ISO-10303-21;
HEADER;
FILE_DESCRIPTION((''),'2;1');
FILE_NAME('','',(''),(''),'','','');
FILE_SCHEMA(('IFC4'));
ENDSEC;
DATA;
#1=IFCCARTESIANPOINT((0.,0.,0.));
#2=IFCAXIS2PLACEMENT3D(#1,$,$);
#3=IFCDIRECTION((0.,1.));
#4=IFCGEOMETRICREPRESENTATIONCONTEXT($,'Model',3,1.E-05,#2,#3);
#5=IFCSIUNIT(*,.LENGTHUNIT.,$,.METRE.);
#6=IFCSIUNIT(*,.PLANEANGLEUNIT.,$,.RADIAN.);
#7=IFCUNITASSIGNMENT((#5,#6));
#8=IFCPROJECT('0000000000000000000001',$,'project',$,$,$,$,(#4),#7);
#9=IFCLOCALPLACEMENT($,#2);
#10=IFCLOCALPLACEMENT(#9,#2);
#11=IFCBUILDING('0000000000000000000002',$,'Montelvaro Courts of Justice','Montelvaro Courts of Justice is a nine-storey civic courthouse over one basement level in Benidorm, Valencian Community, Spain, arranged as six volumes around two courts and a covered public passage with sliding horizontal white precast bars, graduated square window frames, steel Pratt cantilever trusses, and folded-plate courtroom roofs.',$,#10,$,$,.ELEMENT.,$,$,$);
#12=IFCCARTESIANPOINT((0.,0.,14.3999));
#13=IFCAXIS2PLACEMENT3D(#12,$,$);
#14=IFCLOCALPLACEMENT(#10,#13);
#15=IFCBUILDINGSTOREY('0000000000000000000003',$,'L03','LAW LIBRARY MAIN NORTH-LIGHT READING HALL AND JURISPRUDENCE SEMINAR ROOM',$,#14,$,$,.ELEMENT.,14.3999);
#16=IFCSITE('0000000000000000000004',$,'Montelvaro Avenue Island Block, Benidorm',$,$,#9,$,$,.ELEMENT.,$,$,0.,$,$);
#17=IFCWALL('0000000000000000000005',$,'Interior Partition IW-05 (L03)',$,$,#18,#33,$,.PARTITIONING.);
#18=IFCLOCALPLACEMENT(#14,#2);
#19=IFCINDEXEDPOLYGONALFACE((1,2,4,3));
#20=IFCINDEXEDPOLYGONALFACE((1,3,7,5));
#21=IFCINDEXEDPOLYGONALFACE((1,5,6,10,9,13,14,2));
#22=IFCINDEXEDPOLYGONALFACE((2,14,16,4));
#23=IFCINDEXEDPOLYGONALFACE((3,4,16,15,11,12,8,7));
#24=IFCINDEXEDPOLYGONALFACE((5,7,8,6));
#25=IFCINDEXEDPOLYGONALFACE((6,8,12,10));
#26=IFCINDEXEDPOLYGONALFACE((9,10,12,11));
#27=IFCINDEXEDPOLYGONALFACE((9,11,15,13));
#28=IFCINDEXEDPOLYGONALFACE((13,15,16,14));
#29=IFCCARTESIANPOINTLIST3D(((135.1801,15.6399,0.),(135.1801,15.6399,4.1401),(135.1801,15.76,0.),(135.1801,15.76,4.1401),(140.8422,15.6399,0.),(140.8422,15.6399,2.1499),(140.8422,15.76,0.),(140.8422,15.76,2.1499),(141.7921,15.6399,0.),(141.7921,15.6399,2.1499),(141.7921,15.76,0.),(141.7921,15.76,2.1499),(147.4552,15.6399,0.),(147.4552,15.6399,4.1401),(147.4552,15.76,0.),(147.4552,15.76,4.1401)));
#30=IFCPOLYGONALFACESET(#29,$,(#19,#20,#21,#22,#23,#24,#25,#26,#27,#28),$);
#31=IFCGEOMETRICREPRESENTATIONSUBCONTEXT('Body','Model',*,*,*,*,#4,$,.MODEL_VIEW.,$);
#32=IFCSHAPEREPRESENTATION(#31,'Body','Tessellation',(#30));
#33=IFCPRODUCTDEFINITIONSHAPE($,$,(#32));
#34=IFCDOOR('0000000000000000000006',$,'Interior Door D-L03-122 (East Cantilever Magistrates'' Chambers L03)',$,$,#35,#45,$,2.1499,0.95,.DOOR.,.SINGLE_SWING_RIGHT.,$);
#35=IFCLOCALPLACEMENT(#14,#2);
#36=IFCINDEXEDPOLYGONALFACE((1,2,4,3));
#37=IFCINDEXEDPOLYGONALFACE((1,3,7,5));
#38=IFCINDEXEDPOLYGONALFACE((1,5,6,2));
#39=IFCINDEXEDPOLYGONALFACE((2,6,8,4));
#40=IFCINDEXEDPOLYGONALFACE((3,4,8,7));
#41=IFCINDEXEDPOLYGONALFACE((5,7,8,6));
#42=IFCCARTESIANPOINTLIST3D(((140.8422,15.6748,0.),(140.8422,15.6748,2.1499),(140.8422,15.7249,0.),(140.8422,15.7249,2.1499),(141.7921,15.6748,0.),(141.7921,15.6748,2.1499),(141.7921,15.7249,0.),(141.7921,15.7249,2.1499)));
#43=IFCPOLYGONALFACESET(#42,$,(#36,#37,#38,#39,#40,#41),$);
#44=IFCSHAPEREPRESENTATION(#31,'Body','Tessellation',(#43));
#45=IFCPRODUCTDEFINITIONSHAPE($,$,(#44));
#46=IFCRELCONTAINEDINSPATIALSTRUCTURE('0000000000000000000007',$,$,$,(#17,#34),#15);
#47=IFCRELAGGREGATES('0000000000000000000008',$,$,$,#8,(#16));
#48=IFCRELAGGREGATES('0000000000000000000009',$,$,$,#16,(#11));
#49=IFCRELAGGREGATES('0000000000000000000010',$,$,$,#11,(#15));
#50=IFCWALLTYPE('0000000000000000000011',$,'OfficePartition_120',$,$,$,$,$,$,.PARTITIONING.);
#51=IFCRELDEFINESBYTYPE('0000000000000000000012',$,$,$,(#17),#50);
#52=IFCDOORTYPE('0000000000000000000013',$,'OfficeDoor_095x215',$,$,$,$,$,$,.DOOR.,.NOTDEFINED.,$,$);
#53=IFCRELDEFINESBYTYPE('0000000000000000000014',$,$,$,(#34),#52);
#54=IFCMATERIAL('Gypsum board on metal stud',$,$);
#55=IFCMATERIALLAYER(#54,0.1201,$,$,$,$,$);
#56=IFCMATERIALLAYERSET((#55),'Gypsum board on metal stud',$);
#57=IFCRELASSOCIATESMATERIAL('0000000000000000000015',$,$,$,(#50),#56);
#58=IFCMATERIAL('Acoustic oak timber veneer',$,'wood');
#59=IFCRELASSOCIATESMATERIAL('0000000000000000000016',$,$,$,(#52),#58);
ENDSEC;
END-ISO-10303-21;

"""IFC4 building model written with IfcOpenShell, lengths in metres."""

from ifc_helpers import new_model, si_unit, direction, frame, frame_2d, origin, place, context, subcontext, project, spatial, rectangle, extrude, material, layer, layer_set, type_object, element, fill, save


model = new_model("IFC4")

# Units and contexts
model_context = context("Model", 3, precision=1e-05, world=origin(), true_north=direction((0.0, 1.0)))
body_context = subcontext(model_context, "Body", "Model", "MODEL_VIEW")
ifc_project = project(units=[si_unit("LENGTHUNIT", "METRE"), si_unit("PLANEANGLEUNIT", "RADIAN")], contexts=[model_context])

# Site, building, storey
site_placement = place(None, origin())
site = spatial("IfcSite", under=ifc_project, at=site_placement, Name="Montelvaro Avenue Island Block, Benidorm", CompositionType="ELEMENT", RefElevation=0.0)
building_placement = place(site_placement, origin())
building = spatial("IfcBuilding", under=site, at=building_placement, Name="Montelvaro Courts of Justice", Description="Montelvaro Courts of Justice is a nine-storey civic courthouse over one basement level in Benidorm, Valencian Community, Spain, arranged as six volumes around two courts and a covered public passage with sliding horizontal white precast bars, graduated square window frames, steel Pratt cantilever trusses, and folded-plate courtroom roofs.", CompositionType="ELEMENT")
storey_placement = place(building_placement, frame((0.0, 0.0, 14.3999)))
storey = spatial("IfcBuildingStorey", under=building, at=storey_placement, Name="L03", Description="LAW LIBRARY MAIN NORTH-LIGHT READING HALL AND JURISPRUDENCE SEMINAR ROOM", CompositionType="ELEMENT", Elevation=14.3999)

# Shared definitions
ifc_material_1 = material(Name="Gypsum board on metal stud")

# Wall, opening, door
ifc_layer_1 = layer(ifc_material_1, 0.1201)
ifc_layer_set_1 = layer_set([ifc_layer_1], Name="Gypsum board on metal stud")
wall_type_1 = type_object("IfcWallType", Name="OfficePartition_120", PredefinedType="PARTITIONING", material=ifc_layer_set_1)
wall_1_placement = place(storey_placement, frame((135.1799, 15.7, 0.0), z_axis=(0.0, 0.0, 1.0), x_axis=(1.0, 0.0, 0.0)))
wall_1 = element("IfcWall", 1, at=wall_1_placement, inside=storey, type_object=wall_type_1, Name="Interior Partition IW-05 (L03)", PredefinedType="PARTITIONING", context=body_context, shape_type="SweptSolid", body=[
    extrude(rectangle(XDim=12.2751, YDim=0.1201, at=frame_2d((6.1377, 0.0))), origin(), (0.0, 0.0, 1.0), 4.1401),
])
opening_1_placement = place(wall_1_placement, frame((5.6621, 0.0, 0.0)))
opening_1 = element("IfcOpeningElement", 2, at=opening_1_placement, cuts=wall_1, PredefinedType="OPENING", context=body_context, shape_type="SweptSolid", body=[
    extrude(rectangle(XDim=0.95, YDim=2.1499, at=frame_2d((0.4751, 1.075))), frame((0.0, 0.075, 0.0), z_axis=(0.0, -1.0, 0.0), x_axis=(1.0, 0.0, 0.0)), (0.0, 0.0, 1.0), 0.1499),
])
ifc_material_2 = material(Name="Acoustic oak timber veneer", Category="wood")
door_type = type_object("IfcDoorType", Name="OfficeDoor_095x215", OperationType="NOTDEFINED", PredefinedType="DOOR", material=ifc_material_2)
door_placement = place(opening_1_placement, origin())
door = element("IfcDoor", 3, at=door_placement, inside=storey, type_object=door_type, Name="Interior Door D-L03-122 (East Cantilever Magistrates' Chambers L03)", OperationType="SINGLE_SWING_RIGHT", OverallHeight=2.1499, OverallWidth=0.95, PredefinedType="DOOR", context=body_context, shape_type="SweptSolid", body=[
    extrude(rectangle(XDim=0.95, YDim=2.1499, at=frame_2d((0.4751, 1.075))), frame((0.0, 0.0249, 0.0), z_axis=(0.0, -1.0, 0.0), x_axis=(1.0, 0.0, 0.0)), (0.0, 0.0, 1.0), 0.05),
])
fill(opening_1, door)

save(model, "model.ifc")
